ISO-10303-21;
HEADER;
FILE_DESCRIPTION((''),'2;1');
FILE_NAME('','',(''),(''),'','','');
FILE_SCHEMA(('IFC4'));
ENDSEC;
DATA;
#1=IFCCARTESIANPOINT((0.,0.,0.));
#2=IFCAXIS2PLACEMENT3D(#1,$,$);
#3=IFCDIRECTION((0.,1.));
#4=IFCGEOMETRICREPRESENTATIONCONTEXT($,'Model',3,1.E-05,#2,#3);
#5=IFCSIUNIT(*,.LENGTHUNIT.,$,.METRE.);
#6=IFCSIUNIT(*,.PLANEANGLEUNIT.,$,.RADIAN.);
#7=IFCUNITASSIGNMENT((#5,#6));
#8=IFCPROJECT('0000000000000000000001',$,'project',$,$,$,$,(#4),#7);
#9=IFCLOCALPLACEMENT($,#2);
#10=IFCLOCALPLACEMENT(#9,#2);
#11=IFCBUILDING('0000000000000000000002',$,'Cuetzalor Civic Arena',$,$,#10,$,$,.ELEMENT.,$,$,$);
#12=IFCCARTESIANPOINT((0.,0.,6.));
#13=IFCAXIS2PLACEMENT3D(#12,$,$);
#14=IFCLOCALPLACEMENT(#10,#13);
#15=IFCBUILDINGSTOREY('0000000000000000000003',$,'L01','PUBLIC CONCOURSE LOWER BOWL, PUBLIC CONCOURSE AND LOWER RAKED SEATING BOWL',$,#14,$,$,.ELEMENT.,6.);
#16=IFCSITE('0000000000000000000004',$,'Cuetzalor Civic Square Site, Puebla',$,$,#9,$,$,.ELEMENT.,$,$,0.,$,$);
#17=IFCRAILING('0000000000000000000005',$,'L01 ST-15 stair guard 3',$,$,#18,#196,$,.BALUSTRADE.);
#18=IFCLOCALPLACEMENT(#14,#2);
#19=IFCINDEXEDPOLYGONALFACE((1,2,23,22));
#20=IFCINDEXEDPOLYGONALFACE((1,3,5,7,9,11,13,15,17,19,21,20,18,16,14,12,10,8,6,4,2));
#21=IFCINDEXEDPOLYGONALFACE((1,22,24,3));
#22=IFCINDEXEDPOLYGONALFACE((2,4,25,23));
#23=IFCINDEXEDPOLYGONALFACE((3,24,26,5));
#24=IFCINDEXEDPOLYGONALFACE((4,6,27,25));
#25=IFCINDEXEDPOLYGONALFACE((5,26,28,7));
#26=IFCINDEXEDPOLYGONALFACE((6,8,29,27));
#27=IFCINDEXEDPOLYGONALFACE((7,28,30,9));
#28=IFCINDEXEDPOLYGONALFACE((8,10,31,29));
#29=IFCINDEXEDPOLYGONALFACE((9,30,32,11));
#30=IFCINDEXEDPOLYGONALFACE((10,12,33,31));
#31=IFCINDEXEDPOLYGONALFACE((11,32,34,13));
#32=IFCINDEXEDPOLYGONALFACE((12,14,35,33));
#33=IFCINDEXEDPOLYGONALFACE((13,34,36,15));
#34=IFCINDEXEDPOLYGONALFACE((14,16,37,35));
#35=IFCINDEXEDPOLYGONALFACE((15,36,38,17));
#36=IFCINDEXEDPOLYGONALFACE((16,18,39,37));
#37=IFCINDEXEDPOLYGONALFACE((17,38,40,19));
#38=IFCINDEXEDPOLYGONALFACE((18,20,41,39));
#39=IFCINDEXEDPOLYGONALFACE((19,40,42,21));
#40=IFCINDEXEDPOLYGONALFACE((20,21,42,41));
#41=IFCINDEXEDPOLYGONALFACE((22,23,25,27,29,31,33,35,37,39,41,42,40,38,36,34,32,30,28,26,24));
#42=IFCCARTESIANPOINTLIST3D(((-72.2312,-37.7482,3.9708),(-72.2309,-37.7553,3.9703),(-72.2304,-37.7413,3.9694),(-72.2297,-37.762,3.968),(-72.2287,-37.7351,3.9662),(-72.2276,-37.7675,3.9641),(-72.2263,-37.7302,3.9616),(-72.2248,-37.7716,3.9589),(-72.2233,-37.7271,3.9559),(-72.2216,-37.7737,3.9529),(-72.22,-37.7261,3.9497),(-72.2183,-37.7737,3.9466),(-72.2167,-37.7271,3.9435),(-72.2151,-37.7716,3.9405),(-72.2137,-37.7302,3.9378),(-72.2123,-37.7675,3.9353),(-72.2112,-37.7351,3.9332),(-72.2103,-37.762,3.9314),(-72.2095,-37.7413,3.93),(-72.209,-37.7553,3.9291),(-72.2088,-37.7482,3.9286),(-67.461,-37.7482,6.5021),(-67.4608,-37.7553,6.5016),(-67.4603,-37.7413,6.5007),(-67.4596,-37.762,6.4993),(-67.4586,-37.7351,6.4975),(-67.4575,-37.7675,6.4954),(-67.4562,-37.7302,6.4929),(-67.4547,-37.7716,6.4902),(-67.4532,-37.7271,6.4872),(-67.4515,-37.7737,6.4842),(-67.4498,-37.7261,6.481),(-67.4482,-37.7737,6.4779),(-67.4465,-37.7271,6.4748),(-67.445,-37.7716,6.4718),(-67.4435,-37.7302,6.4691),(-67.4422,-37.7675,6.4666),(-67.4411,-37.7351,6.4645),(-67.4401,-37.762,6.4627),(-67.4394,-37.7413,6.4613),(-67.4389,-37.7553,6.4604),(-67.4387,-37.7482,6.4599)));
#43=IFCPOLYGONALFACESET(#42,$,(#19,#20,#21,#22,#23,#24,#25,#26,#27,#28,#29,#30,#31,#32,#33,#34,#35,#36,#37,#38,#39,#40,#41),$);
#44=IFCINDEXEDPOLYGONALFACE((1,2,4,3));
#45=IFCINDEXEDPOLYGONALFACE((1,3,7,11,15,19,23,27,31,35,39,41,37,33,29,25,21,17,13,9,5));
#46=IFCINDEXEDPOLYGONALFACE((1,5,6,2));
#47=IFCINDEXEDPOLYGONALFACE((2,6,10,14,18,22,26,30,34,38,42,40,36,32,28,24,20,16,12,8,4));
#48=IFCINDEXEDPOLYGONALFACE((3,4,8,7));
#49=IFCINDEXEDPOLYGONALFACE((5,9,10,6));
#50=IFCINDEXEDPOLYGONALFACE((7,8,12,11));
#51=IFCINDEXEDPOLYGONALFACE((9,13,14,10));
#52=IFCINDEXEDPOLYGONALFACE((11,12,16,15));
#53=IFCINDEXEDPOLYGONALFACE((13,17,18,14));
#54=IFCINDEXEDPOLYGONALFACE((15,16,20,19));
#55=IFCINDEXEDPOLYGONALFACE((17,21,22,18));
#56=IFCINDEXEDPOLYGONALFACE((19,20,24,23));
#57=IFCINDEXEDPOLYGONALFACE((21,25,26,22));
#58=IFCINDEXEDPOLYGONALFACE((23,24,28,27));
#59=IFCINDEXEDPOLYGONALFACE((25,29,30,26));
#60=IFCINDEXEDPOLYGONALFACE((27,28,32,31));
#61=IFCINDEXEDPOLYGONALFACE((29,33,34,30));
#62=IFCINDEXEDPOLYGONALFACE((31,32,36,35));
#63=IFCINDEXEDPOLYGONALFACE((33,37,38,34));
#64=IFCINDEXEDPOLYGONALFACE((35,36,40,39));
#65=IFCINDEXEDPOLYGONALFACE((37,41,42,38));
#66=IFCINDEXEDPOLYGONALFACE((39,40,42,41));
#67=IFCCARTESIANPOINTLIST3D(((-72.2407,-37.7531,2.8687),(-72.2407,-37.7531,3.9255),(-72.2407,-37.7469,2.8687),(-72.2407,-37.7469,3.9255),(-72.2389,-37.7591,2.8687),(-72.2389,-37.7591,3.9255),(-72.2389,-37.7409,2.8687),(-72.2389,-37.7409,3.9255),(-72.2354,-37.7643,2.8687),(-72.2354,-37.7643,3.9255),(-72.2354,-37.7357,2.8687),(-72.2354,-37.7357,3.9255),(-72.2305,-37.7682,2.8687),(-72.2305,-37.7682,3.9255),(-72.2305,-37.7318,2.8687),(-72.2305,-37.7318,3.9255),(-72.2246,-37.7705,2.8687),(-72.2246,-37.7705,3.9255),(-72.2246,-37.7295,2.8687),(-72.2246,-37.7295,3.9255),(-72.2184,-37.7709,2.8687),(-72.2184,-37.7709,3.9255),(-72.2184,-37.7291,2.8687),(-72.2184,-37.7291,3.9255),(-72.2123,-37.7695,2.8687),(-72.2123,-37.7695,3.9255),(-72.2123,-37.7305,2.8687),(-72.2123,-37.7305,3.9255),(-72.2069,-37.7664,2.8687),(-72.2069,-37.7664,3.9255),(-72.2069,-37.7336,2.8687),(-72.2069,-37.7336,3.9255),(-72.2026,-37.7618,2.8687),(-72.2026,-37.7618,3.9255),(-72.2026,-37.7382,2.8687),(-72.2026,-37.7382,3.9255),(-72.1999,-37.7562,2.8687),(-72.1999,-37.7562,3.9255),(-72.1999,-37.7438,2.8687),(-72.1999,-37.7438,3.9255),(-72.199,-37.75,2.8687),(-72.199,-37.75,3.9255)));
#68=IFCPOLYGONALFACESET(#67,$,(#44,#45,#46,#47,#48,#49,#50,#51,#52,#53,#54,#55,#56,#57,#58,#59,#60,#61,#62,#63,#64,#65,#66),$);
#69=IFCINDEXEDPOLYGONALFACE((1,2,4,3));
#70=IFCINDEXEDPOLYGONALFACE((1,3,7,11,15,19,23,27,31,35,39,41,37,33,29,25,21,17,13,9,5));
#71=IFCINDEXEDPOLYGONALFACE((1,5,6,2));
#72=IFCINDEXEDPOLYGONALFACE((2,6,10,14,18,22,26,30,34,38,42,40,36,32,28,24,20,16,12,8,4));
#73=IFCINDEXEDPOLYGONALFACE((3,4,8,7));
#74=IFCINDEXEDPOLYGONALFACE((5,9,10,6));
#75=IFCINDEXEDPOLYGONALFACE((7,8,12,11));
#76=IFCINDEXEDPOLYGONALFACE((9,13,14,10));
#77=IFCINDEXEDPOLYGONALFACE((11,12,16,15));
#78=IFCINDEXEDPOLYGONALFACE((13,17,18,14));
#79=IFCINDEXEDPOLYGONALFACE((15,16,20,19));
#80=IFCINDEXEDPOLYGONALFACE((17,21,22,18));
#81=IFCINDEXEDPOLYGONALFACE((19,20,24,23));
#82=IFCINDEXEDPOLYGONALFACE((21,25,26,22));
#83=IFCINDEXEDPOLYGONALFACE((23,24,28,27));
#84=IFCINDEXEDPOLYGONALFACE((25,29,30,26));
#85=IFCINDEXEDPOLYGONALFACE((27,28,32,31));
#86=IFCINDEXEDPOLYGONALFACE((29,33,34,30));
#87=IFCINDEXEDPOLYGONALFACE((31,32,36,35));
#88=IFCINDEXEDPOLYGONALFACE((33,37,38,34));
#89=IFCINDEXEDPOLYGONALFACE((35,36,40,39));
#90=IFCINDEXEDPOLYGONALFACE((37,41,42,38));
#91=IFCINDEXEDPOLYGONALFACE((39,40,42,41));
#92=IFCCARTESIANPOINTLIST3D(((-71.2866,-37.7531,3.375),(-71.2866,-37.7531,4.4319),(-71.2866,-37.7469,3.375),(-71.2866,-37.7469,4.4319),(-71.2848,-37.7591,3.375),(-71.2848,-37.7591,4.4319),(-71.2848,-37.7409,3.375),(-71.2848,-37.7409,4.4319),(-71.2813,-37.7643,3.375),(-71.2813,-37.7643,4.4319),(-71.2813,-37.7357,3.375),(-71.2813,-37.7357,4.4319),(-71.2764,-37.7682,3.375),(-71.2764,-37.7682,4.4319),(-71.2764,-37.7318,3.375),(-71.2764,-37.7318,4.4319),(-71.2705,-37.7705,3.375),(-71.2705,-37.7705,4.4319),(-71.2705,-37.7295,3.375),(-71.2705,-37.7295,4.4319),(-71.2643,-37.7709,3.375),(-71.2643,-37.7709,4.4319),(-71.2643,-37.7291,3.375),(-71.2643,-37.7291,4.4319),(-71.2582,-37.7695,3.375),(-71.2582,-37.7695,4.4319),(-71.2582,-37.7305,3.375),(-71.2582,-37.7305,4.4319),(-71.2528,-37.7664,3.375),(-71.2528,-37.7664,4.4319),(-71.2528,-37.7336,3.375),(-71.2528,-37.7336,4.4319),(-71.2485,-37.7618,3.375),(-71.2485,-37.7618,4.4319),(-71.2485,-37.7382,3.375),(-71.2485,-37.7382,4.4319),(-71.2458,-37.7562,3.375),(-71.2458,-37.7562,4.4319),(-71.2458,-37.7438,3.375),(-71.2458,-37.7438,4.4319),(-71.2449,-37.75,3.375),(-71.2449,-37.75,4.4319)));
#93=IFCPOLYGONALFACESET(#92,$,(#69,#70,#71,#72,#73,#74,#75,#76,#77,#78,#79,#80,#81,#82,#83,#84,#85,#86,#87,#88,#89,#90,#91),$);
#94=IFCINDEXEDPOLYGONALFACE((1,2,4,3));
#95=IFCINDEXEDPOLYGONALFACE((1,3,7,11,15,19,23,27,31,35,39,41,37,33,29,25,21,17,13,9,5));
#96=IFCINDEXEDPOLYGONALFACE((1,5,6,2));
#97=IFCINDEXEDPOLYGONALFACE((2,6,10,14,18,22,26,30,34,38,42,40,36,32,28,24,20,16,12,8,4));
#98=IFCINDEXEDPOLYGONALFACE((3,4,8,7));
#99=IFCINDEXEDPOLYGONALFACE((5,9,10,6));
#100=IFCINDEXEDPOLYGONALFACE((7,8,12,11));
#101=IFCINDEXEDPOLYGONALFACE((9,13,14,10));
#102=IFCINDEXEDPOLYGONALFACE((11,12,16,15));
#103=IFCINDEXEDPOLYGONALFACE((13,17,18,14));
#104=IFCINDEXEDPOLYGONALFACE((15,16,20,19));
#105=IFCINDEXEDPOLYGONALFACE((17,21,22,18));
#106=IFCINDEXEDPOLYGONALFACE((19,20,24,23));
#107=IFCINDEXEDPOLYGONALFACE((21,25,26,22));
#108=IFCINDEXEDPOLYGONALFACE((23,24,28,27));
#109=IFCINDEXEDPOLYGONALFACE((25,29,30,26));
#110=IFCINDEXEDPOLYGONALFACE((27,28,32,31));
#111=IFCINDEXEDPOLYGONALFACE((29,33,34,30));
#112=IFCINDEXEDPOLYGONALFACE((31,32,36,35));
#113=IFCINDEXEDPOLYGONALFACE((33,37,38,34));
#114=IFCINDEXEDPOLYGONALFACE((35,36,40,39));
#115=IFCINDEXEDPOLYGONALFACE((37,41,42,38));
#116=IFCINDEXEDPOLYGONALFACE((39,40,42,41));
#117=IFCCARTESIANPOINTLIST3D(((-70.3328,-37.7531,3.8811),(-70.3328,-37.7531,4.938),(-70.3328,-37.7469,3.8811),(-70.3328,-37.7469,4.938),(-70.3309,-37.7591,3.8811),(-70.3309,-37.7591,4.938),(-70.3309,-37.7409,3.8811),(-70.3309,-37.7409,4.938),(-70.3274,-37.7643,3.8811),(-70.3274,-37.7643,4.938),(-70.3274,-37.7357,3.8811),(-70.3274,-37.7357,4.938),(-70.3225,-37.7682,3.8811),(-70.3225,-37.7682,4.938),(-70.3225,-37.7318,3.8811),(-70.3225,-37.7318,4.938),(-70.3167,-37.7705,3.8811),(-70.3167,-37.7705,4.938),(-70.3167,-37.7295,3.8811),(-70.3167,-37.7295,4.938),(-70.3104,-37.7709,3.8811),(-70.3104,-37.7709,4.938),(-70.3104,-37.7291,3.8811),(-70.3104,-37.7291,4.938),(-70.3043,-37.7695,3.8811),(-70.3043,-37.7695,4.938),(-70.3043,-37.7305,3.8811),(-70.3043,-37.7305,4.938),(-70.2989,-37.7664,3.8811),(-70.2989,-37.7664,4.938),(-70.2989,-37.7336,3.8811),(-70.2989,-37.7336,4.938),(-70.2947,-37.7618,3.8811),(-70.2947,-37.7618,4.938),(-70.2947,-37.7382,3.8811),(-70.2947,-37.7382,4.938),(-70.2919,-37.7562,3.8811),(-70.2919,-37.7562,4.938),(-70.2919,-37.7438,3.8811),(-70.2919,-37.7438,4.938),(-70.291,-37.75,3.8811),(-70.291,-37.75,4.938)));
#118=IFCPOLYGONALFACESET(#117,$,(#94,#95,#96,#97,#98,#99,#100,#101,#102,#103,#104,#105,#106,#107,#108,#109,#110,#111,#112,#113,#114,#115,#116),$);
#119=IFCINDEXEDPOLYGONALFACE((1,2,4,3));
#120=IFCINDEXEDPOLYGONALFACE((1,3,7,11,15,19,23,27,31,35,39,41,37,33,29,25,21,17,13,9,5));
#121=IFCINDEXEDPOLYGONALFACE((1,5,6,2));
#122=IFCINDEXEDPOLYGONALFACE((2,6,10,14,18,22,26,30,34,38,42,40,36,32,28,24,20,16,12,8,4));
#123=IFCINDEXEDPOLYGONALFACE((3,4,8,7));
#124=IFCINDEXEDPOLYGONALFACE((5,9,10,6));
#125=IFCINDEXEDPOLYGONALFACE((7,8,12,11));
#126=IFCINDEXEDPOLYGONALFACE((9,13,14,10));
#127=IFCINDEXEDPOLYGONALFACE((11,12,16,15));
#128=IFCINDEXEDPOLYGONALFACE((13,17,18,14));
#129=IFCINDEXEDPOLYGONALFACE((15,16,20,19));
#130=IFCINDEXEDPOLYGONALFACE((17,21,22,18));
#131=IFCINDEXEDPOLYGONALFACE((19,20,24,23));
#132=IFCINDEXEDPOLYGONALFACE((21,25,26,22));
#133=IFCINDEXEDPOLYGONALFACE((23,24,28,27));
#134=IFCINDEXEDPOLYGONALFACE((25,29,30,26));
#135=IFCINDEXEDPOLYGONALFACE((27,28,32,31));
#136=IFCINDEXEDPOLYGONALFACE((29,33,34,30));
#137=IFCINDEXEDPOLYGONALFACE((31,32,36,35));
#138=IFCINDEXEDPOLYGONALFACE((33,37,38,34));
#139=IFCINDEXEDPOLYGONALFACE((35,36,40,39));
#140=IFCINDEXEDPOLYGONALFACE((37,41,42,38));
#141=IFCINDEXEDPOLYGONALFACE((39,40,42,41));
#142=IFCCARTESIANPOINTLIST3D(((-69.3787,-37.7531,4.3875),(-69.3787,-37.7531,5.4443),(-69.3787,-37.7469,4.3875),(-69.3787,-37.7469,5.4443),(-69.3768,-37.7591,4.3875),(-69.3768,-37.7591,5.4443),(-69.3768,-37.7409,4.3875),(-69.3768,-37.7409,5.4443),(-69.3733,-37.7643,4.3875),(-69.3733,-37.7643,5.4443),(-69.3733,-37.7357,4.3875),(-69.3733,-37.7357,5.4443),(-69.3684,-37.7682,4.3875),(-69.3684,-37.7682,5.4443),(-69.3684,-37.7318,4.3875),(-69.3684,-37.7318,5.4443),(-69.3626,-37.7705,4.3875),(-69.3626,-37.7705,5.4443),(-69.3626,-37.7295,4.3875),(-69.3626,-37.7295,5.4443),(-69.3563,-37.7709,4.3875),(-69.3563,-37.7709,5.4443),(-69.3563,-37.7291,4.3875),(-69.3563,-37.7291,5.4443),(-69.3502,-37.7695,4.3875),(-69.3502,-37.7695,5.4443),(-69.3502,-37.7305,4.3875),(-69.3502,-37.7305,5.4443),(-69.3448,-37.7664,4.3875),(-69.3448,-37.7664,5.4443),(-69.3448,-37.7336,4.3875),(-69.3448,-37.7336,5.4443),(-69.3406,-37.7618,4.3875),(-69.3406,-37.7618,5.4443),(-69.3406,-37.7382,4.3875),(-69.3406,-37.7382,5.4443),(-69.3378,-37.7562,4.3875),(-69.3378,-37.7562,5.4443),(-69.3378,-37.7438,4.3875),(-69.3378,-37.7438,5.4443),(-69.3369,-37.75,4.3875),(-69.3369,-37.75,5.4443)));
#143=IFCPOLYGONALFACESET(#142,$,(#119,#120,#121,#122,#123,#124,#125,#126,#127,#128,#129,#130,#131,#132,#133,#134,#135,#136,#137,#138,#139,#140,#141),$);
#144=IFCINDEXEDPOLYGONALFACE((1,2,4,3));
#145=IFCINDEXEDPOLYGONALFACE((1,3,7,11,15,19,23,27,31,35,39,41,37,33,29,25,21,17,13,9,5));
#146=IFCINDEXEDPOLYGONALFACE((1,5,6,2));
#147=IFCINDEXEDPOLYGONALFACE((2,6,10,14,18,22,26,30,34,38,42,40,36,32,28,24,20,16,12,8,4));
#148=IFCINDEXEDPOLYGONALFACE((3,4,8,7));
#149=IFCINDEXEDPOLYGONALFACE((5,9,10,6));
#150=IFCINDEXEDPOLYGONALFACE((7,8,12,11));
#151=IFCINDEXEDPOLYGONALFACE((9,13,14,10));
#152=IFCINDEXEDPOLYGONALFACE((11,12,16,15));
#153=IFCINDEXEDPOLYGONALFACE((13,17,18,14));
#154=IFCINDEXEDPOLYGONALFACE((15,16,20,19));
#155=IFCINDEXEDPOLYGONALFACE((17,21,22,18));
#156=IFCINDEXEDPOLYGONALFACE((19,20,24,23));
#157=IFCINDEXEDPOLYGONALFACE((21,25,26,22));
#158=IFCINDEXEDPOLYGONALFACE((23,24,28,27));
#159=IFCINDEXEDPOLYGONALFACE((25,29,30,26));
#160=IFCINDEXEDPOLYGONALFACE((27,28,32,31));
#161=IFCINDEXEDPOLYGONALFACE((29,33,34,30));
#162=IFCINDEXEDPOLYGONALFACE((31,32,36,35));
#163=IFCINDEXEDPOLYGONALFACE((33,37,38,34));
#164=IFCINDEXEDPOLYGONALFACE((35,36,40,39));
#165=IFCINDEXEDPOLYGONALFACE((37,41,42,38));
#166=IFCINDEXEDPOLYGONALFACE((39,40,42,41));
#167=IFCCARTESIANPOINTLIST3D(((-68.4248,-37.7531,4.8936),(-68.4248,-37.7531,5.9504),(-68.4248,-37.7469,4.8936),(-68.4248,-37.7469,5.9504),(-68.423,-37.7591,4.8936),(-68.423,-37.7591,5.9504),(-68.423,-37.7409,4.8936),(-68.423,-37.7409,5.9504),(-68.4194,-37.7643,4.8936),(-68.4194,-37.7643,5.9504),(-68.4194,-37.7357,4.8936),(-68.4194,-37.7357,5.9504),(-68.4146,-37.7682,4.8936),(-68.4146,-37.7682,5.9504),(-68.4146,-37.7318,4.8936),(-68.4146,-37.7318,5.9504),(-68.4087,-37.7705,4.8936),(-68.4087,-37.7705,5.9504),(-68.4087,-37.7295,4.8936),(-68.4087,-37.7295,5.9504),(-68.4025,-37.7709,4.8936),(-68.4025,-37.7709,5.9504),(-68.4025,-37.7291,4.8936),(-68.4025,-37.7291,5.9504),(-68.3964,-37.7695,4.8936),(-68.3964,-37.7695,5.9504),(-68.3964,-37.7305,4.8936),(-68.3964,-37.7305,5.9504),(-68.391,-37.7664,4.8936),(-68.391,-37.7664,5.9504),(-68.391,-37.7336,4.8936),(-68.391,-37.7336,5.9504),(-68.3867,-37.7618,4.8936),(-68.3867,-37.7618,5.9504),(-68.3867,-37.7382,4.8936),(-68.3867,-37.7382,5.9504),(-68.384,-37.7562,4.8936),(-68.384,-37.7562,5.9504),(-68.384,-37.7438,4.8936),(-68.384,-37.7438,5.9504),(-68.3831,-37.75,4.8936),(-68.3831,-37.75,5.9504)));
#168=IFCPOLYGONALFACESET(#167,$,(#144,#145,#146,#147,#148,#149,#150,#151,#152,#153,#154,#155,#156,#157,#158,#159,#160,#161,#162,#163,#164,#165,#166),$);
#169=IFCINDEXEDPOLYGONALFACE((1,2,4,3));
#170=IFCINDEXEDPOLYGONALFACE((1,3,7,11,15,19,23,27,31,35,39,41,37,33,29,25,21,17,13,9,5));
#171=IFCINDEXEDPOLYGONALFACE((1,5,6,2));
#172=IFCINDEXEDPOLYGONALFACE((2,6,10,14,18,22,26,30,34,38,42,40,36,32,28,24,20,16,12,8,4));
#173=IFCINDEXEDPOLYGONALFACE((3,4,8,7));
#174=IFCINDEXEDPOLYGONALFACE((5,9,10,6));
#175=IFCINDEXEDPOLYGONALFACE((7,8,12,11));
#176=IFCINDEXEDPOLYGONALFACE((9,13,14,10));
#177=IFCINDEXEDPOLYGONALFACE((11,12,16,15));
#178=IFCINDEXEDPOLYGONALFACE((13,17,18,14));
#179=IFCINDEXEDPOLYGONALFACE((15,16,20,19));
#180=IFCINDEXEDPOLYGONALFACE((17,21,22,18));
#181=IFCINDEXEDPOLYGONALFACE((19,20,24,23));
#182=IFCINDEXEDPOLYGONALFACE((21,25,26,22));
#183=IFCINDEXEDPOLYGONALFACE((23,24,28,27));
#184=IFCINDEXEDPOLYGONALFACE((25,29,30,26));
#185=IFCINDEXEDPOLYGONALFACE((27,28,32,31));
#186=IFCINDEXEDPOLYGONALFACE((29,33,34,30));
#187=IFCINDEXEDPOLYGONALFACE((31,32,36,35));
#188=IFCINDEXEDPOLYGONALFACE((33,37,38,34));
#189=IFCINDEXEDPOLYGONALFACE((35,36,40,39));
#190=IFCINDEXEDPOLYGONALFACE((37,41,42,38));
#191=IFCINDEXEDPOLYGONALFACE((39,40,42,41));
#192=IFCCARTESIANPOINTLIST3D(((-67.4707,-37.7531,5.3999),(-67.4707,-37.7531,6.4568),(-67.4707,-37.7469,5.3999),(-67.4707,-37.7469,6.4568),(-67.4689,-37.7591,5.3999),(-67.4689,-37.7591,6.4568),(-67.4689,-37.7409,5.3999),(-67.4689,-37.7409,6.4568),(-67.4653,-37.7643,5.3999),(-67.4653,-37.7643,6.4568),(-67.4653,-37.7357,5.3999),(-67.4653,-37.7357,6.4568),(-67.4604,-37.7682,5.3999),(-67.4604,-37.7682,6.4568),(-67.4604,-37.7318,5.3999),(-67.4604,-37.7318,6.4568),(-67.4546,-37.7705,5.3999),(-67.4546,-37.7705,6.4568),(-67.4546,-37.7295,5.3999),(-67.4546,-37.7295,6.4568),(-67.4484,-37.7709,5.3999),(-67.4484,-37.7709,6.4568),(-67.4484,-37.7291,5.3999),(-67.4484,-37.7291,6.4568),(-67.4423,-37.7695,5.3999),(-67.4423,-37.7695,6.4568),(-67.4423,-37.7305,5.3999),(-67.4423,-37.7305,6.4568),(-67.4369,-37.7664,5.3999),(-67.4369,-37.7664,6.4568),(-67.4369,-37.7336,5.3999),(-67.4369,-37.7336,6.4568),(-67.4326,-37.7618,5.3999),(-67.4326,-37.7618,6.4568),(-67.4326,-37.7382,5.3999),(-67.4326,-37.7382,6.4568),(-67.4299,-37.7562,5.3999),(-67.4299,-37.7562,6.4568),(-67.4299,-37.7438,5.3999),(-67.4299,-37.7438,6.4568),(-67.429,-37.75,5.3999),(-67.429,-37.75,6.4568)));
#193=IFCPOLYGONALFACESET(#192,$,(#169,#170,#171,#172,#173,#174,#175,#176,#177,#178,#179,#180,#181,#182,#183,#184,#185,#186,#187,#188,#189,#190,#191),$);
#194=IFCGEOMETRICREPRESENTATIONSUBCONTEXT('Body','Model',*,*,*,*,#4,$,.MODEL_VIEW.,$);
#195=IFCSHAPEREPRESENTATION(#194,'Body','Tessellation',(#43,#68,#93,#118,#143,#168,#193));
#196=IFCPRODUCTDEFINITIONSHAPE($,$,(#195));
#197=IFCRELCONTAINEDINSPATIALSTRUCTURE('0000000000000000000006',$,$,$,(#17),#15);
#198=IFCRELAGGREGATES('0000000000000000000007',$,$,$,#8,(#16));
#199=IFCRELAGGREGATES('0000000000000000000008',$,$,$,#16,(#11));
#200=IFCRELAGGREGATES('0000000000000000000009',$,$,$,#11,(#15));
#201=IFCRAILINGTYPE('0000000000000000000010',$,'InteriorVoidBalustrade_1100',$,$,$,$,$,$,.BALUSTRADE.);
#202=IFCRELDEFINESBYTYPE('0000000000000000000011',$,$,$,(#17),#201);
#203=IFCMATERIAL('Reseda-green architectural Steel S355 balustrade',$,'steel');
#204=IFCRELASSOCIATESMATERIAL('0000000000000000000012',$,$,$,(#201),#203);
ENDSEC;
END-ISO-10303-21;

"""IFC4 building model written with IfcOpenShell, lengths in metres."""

from ifc_helpers import new_model, si_unit, direction, frame, origin, origin_2d, place, context, subcontext, project, spatial, circle, extrude, material, type_object, element, save


model = new_model("IFC4")

# Units and contexts
model_context = context("Model", 3, precision=1e-05, world=origin(), true_north=direction((0.0, 1.0)))
body_context = subcontext(model_context, "Body", "Model", "MODEL_VIEW")
ifc_project = project(units=[si_unit("LENGTHUNIT", "METRE"), si_unit("PLANEANGLEUNIT", "RADIAN")], contexts=[model_context])

# Site, building, storey
site_placement = place(None, origin())
site = spatial("IfcSite", under=ifc_project, at=site_placement, Name="Cuetzalor Civic Square Site, Puebla", CompositionType="ELEMENT", RefElevation=0.0)
building_placement = place(site_placement, origin())
building = spatial("IfcBuilding", under=site, at=building_placement, Name="Cuetzalor Civic Arena", CompositionType="ELEMENT")
storey_placement = place(building_placement, frame((0.0, 0.0, 6.0)))
storey = spatial("IfcBuildingStorey", under=building, at=storey_placement, Name="L01", Description="PUBLIC CONCOURSE LOWER BOWL, PUBLIC CONCOURSE AND LOWER RAKED SEATING BOWL", CompositionType="ELEMENT", Elevation=6.0)

# Railing
ifc_material_1 = material(Name="Reseda-green architectural Steel S355 balustrade", Category="steel")
railing_type_1 = type_object("IfcRailingType", Name="InteriorVoidBalustrade_1100", PredefinedType="BALUSTRADE", material=ifc_material_1)
railing_1_placement = place(storey_placement, frame((-72.22, -37.75, 2.8687)))
element("IfcRailing", 1, at=railing_1_placement, inside=storey, type_object=railing_type_1, Name="L01 ST-15 stair guard 3", PredefinedType="BALUSTRADE", context=body_context, shape_type="SweptSolid", body=[
    extrude(circle(Radius=0.0239, at=origin_2d()), frame((0.0, 0.0, 1.0811), z_axis=(0.883332, 0.0, 0.468747), x_axis=(0.0, 1.0, 0.0)), (0.0, 0.0, 1.0), 5.4001),
    extrude(circle(Radius=0.021, at=origin_2d()), origin(), (0.0, 0.0, 1.0), 1.0569),
    extrude(circle(Radius=0.021, at=origin_2d()), frame((0.9541, 0.0, 0.5063)), (0.0, 0.0, 1.0), 1.0569),
    extrude(circle(Radius=0.021, at=origin_2d()), frame((1.908, 0.0, 1.0125)), (0.0, 0.0, 1.0), 1.0569),
    extrude(circle(Radius=0.021, at=origin_2d()), frame((2.8621, 0.0, 1.5188)), (0.0, 0.0, 1.0), 1.0569),
    extrude(circle(Radius=0.021, at=origin_2d()), frame((3.8159, 0.0, 2.0249)), (0.0, 0.0, 1.0), 1.0569),
    extrude(circle(Radius=0.021, at=origin_2d()), frame((4.77, 0.0, 2.5312)), (0.0, 0.0, 1.0), 1.0569),
])

save(model, "model.ifc")
